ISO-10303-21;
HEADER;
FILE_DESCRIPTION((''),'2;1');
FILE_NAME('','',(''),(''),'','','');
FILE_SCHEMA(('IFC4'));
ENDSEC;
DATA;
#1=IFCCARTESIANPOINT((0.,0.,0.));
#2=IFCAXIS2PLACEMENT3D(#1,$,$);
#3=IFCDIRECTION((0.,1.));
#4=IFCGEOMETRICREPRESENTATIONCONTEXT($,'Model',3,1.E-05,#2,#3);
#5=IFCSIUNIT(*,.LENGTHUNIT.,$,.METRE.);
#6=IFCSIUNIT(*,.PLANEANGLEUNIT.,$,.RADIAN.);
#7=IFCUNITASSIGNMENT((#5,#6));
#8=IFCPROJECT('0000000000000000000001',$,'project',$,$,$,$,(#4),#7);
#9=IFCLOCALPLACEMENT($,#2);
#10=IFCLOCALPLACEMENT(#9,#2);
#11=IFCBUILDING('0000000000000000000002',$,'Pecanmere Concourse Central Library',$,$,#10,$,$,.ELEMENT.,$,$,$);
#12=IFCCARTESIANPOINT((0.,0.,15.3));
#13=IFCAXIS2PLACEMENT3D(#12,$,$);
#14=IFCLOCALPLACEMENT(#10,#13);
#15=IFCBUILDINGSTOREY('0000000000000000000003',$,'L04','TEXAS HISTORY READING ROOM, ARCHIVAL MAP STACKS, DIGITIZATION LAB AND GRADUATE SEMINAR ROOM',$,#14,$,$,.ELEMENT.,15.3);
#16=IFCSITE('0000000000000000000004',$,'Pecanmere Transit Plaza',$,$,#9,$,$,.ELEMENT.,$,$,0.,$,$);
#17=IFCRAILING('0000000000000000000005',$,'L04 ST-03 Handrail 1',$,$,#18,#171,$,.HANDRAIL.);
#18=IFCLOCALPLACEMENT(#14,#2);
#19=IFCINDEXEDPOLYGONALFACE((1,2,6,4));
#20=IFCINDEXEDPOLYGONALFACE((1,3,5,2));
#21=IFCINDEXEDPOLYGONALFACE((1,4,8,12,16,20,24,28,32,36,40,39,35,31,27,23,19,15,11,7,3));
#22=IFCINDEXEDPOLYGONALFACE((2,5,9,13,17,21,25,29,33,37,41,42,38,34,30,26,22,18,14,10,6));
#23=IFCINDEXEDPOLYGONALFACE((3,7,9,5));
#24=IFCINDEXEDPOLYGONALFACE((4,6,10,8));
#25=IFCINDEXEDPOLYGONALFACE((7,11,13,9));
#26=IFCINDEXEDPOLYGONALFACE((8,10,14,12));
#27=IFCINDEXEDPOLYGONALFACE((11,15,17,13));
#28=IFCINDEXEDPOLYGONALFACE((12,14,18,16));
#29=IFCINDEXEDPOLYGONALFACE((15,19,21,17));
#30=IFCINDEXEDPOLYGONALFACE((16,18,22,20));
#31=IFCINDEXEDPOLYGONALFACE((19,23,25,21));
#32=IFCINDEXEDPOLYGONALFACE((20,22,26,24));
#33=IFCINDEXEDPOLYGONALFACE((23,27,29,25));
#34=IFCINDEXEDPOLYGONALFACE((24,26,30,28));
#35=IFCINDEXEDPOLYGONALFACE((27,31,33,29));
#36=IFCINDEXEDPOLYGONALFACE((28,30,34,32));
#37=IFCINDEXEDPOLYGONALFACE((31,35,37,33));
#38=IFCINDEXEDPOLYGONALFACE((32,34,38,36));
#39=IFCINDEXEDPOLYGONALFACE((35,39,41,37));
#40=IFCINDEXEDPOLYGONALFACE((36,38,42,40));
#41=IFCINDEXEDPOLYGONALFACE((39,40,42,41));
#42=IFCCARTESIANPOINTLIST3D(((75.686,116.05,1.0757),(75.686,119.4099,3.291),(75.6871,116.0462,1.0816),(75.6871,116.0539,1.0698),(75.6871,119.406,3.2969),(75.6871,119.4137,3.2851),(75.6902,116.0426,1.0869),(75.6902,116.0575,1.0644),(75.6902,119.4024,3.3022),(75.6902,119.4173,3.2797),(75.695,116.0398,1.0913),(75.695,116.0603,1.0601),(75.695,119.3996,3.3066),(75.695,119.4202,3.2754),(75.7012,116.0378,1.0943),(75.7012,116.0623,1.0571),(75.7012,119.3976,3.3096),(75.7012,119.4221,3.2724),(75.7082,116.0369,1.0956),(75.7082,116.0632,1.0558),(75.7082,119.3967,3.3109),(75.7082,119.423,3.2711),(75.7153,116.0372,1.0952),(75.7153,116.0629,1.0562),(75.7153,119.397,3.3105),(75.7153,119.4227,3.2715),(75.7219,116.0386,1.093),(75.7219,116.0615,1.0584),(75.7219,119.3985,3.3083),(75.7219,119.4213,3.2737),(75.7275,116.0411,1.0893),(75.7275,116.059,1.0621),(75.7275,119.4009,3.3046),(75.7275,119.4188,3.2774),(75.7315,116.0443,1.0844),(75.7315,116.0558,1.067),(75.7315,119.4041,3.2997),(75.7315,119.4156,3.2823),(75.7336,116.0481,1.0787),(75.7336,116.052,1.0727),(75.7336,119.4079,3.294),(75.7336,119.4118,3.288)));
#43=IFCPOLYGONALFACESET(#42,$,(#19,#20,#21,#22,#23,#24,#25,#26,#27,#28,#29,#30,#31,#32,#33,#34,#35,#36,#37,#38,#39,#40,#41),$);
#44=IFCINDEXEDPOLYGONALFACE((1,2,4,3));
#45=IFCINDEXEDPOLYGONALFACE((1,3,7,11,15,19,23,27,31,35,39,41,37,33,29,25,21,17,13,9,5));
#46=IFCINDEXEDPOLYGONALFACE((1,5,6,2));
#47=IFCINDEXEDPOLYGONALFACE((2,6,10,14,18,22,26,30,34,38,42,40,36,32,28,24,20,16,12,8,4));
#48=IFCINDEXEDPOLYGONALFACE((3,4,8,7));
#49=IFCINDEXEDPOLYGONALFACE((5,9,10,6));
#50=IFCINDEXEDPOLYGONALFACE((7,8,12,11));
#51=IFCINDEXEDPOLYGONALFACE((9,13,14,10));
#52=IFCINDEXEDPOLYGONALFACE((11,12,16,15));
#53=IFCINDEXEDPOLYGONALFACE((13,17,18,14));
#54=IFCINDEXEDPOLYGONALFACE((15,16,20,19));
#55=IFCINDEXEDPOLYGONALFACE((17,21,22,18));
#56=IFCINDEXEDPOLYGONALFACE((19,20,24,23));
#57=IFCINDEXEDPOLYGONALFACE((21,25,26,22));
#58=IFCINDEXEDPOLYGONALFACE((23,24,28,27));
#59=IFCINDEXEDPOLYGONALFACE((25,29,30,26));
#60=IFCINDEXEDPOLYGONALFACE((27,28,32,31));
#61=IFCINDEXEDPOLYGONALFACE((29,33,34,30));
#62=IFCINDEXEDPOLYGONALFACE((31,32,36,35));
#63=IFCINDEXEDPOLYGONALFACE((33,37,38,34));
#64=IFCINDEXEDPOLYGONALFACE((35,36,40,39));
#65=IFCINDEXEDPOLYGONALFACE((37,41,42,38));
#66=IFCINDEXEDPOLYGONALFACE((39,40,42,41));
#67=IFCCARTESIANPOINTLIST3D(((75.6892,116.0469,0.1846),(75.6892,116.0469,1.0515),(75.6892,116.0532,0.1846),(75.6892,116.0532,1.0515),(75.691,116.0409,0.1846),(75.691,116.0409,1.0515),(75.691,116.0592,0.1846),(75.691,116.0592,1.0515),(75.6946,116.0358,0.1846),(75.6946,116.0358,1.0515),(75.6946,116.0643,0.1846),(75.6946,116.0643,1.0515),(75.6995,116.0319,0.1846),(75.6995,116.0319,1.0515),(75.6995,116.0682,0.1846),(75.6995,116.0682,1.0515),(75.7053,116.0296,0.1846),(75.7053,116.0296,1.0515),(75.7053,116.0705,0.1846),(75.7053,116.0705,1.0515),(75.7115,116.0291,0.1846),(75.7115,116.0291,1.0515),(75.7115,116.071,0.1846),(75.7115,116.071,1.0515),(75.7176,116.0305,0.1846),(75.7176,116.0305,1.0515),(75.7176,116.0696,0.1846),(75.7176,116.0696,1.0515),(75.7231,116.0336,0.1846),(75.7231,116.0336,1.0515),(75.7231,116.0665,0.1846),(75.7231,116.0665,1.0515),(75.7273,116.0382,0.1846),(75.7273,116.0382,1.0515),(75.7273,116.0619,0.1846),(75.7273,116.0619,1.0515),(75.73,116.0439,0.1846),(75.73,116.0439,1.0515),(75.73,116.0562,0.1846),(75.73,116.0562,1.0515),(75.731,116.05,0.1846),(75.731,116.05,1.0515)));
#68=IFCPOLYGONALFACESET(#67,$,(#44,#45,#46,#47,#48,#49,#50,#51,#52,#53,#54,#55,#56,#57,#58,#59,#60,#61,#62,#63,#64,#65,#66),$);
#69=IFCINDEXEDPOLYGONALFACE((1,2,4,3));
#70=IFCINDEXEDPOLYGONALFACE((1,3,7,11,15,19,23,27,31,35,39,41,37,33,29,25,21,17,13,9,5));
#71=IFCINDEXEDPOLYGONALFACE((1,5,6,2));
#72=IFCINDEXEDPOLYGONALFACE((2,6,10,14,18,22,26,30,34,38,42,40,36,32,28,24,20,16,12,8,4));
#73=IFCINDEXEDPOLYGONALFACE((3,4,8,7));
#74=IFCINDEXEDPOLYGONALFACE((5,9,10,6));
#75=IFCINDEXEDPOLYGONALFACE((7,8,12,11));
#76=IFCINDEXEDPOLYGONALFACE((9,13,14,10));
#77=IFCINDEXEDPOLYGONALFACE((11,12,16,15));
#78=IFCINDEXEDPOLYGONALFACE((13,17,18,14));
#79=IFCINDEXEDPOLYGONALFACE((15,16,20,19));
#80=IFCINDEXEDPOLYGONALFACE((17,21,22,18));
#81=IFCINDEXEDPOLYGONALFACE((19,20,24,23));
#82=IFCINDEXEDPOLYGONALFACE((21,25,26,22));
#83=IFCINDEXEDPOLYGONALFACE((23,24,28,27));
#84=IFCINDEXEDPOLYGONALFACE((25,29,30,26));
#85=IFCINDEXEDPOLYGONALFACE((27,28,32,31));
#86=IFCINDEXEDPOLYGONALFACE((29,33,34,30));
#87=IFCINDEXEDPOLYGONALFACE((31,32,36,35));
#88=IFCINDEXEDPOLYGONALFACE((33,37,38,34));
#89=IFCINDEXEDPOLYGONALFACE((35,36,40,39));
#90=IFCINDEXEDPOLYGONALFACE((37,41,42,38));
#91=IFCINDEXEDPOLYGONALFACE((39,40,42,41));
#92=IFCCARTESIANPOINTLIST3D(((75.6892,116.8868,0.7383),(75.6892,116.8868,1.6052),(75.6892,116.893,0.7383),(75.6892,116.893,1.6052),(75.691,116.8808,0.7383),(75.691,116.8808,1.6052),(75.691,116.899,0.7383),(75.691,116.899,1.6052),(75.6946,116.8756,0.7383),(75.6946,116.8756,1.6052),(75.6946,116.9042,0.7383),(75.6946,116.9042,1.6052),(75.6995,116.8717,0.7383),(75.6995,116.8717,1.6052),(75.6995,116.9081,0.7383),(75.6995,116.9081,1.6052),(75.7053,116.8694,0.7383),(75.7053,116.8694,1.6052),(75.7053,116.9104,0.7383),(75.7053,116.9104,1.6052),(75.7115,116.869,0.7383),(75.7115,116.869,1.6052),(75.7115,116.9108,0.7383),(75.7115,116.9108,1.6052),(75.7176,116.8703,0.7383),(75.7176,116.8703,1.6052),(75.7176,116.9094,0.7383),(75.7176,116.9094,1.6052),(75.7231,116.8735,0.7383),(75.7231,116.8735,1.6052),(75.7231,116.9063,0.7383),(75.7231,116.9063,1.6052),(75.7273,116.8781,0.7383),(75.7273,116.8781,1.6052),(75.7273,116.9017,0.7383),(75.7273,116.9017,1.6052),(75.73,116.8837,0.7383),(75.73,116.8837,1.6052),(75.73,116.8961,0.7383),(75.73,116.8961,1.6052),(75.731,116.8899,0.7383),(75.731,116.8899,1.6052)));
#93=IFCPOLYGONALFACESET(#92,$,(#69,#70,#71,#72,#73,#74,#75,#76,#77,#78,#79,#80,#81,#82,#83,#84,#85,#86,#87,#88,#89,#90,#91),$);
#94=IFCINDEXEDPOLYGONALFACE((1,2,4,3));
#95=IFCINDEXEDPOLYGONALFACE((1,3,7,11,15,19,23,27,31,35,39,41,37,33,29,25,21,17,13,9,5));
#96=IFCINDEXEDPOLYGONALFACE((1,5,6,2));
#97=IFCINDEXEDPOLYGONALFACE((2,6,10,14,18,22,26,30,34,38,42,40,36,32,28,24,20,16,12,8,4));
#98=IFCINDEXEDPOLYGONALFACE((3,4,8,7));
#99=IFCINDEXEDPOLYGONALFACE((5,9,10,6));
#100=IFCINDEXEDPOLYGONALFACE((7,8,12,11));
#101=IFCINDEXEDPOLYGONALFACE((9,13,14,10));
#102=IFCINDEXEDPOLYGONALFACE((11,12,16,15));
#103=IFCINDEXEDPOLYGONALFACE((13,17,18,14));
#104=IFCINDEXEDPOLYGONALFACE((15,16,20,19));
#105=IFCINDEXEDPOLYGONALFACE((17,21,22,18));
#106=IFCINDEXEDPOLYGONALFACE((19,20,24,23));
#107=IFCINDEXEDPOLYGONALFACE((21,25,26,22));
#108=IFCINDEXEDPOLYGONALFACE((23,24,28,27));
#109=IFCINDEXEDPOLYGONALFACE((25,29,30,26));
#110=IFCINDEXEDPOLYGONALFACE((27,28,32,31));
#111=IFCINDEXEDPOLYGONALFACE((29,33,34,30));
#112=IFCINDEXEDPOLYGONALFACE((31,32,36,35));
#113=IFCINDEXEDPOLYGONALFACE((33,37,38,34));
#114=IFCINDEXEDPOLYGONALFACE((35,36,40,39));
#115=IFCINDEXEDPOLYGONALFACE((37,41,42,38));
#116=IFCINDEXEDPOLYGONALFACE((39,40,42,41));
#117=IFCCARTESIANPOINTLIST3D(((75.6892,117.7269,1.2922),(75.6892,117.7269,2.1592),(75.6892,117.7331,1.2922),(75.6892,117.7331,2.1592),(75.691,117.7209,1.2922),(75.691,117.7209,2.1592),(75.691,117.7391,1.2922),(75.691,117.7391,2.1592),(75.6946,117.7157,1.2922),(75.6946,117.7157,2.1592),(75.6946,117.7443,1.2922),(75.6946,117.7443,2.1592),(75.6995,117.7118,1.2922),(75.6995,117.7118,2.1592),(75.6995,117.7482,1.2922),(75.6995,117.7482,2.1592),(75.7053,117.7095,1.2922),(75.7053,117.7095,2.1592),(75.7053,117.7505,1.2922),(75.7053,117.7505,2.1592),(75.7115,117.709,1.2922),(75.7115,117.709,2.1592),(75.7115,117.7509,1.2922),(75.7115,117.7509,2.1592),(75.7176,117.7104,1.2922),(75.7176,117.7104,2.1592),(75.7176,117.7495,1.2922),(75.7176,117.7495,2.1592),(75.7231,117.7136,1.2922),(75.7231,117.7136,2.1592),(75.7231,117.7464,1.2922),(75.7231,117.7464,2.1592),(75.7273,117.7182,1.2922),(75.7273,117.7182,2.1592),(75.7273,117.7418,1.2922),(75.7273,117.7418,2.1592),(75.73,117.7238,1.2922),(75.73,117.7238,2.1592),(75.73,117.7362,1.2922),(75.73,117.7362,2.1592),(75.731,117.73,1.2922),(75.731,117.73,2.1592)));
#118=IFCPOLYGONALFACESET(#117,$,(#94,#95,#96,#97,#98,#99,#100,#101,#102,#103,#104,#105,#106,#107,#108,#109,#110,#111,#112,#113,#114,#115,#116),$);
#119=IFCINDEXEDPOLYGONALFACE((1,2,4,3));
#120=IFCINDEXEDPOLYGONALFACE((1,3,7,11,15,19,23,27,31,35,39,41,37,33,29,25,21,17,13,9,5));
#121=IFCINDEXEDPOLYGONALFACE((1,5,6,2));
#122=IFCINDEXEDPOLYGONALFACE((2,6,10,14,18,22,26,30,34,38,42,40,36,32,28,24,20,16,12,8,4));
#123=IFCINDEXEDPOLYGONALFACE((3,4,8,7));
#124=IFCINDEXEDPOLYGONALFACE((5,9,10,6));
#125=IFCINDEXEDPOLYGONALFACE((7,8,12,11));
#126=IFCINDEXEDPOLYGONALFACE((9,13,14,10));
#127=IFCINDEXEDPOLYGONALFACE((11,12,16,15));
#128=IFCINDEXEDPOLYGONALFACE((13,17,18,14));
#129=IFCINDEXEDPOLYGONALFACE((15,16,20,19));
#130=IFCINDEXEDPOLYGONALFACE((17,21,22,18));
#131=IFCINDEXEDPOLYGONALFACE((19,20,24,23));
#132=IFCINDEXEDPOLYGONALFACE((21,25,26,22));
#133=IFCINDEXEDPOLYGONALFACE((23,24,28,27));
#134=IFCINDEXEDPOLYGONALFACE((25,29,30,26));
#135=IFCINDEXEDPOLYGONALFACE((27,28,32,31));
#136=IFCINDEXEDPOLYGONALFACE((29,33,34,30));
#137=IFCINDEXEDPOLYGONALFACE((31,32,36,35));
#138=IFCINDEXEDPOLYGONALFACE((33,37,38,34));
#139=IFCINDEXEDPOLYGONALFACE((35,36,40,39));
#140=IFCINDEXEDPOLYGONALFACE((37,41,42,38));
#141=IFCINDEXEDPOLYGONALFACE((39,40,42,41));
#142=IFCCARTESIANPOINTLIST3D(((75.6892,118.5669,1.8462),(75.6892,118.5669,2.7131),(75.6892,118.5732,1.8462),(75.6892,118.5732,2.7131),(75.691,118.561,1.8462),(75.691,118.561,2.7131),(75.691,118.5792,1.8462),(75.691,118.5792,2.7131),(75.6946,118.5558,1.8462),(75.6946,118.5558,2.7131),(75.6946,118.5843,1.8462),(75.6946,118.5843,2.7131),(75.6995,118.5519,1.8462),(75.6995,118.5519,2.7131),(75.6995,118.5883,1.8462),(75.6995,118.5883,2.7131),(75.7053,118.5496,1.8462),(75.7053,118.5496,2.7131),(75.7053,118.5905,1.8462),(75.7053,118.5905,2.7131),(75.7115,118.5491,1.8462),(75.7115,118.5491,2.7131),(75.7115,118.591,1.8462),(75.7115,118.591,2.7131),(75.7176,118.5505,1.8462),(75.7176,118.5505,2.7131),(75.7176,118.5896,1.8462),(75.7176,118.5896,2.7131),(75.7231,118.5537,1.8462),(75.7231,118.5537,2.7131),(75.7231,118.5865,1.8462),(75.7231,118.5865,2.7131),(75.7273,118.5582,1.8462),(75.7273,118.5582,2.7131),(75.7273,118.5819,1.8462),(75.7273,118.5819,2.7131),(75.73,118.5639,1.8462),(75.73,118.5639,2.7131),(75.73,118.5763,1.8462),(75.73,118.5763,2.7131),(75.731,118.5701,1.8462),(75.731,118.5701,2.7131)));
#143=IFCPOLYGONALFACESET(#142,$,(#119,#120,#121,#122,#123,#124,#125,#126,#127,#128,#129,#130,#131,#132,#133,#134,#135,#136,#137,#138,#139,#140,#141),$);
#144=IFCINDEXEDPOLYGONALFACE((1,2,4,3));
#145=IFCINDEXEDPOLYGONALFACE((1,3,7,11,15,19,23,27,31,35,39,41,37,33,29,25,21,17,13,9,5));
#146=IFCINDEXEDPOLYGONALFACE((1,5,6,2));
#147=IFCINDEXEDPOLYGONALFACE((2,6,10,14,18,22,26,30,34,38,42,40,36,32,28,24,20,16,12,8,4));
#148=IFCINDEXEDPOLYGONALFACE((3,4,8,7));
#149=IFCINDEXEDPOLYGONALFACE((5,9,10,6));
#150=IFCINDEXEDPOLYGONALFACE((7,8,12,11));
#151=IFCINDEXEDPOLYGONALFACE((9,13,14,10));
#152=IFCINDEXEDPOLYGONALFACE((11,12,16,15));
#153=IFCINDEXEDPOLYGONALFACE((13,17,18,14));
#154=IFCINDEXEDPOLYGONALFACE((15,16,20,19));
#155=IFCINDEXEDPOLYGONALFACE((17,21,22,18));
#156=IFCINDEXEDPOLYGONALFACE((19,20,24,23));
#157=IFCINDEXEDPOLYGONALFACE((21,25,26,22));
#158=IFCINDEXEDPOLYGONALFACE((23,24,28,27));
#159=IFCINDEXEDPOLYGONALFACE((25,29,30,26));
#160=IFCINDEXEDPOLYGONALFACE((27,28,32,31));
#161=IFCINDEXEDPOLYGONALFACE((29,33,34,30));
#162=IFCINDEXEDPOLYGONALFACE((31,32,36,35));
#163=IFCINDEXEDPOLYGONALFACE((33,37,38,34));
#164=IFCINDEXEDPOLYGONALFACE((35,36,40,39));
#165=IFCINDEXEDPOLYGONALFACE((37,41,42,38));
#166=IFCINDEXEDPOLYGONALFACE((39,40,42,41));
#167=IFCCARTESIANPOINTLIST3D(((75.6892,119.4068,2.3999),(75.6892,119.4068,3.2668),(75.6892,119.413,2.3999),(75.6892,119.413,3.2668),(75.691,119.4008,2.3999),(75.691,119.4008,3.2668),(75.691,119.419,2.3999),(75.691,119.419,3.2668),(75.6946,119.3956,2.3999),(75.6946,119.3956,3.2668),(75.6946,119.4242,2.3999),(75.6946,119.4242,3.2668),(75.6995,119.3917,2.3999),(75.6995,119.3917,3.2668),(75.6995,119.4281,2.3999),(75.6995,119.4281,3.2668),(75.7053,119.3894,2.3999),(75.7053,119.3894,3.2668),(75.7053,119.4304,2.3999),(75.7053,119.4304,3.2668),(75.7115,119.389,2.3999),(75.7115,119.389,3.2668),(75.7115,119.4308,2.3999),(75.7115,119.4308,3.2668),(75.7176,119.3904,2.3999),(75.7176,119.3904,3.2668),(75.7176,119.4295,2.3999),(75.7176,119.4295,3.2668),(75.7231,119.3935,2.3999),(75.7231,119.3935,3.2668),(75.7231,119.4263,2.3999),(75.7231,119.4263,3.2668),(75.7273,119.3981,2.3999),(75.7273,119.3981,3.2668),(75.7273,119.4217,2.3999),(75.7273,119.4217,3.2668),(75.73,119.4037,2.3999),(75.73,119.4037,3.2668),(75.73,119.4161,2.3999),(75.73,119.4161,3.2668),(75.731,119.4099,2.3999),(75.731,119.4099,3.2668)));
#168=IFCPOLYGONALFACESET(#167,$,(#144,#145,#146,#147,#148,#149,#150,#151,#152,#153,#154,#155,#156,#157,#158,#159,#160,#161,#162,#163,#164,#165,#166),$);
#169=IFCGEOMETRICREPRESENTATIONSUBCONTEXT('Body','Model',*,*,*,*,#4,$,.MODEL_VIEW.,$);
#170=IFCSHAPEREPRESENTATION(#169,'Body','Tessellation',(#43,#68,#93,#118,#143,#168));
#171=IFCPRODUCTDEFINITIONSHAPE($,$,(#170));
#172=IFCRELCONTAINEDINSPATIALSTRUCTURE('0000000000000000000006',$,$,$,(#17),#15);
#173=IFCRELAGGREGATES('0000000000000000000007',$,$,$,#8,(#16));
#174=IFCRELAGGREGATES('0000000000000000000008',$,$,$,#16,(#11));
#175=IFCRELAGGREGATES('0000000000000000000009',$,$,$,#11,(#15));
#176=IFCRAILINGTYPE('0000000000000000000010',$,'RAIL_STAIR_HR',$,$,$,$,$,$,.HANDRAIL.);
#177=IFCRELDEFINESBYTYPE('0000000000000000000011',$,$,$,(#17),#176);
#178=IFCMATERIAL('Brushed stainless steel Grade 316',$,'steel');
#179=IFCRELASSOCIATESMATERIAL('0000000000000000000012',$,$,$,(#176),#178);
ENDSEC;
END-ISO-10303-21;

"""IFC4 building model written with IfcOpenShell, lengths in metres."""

from ifc_helpers import new_model, si_unit, direction, frame, origin, origin_2d, place, context, subcontext, project, spatial, circle, extrude, material, type_object, element, save


model = new_model("IFC4")

# Units and contexts
model_context = context("Model", 3, precision=1e-05, world=origin(), true_north=direction((0.0, 1.0)))
body_context = subcontext(model_context, "Body", "Model", "MODEL_VIEW")
ifc_project = project(units=[si_unit("LENGTHUNIT", "METRE"), si_unit("PLANEANGLEUNIT", "RADIAN")], contexts=[model_context])

# Site, building, storey
site_placement = place(None, origin())
site = spatial("IfcSite", under=ifc_project, at=site_placement, Name="Pecanmere Transit Plaza", CompositionType="ELEMENT", RefElevation=0.0)
building_placement = place(site_placement, origin())
building = spatial("IfcBuilding", under=site, at=building_placement, Name="Pecanmere Concourse Central Library", CompositionType="ELEMENT")
storey_placement = place(building_placement, frame((0.0, 0.0, 15.3)))
storey = spatial("IfcBuildingStorey", under=building, at=storey_placement, Name="L04", Description="TEXAS HISTORY READING ROOM, ARCHIVAL MAP STACKS, DIGITIZATION LAB AND GRADUATE SEMINAR ROOM", CompositionType="ELEMENT", Elevation=15.3)

# Railing
ifc_material_1 = material(Name="Brushed stainless steel Grade 316", Category="steel")
railing_type_1 = type_object("IfcRailingType", Name="RAIL_STAIR_HR", PredefinedType="HANDRAIL", material=ifc_material_1)
railing_1_placement = place(storey_placement, frame((75.71, 116.05, 0.1846)))
element("IfcRailing", 1, at=railing_1_placement, inside=storey, type_object=railing_type_1, Name="L04 ST-03 Handrail 1", PredefinedType="HANDRAIL", context=body_context, shape_type="SweptSolid", body=[
    extrude(circle(Radius=0.0239, at=origin_2d()), frame((0.0, 0.0, 0.8911), z_axis=(0.0, 0.834858, 0.550465), x_axis=(-1.0, 0.0, 0.0)), (0.0, 0.0, 1.0), 4.0244),
    extrude(circle(Radius=0.021, at=origin_2d()), origin(), (0.0, 0.0, 1.0), 0.8669),
    extrude(circle(Radius=0.021, at=origin_2d()), frame((0.0, 0.8398, 0.5537)), (0.0, 0.0, 1.0), 0.8669),
    extrude(circle(Radius=0.021, at=origin_2d()), frame((0.0, 1.6799, 1.1077)), (0.0, 0.0, 1.0), 0.8669),
    extrude(circle(Radius=0.021, at=origin_2d()), frame((0.0, 2.52, 1.6616)), (0.0, 0.0, 1.0), 0.8669),
    extrude(circle(Radius=0.021, at=origin_2d()), frame((0.0, 3.3599, 2.2153)), (0.0, 0.0, 1.0), 0.8669),
])

save(model, "model.ifc")
